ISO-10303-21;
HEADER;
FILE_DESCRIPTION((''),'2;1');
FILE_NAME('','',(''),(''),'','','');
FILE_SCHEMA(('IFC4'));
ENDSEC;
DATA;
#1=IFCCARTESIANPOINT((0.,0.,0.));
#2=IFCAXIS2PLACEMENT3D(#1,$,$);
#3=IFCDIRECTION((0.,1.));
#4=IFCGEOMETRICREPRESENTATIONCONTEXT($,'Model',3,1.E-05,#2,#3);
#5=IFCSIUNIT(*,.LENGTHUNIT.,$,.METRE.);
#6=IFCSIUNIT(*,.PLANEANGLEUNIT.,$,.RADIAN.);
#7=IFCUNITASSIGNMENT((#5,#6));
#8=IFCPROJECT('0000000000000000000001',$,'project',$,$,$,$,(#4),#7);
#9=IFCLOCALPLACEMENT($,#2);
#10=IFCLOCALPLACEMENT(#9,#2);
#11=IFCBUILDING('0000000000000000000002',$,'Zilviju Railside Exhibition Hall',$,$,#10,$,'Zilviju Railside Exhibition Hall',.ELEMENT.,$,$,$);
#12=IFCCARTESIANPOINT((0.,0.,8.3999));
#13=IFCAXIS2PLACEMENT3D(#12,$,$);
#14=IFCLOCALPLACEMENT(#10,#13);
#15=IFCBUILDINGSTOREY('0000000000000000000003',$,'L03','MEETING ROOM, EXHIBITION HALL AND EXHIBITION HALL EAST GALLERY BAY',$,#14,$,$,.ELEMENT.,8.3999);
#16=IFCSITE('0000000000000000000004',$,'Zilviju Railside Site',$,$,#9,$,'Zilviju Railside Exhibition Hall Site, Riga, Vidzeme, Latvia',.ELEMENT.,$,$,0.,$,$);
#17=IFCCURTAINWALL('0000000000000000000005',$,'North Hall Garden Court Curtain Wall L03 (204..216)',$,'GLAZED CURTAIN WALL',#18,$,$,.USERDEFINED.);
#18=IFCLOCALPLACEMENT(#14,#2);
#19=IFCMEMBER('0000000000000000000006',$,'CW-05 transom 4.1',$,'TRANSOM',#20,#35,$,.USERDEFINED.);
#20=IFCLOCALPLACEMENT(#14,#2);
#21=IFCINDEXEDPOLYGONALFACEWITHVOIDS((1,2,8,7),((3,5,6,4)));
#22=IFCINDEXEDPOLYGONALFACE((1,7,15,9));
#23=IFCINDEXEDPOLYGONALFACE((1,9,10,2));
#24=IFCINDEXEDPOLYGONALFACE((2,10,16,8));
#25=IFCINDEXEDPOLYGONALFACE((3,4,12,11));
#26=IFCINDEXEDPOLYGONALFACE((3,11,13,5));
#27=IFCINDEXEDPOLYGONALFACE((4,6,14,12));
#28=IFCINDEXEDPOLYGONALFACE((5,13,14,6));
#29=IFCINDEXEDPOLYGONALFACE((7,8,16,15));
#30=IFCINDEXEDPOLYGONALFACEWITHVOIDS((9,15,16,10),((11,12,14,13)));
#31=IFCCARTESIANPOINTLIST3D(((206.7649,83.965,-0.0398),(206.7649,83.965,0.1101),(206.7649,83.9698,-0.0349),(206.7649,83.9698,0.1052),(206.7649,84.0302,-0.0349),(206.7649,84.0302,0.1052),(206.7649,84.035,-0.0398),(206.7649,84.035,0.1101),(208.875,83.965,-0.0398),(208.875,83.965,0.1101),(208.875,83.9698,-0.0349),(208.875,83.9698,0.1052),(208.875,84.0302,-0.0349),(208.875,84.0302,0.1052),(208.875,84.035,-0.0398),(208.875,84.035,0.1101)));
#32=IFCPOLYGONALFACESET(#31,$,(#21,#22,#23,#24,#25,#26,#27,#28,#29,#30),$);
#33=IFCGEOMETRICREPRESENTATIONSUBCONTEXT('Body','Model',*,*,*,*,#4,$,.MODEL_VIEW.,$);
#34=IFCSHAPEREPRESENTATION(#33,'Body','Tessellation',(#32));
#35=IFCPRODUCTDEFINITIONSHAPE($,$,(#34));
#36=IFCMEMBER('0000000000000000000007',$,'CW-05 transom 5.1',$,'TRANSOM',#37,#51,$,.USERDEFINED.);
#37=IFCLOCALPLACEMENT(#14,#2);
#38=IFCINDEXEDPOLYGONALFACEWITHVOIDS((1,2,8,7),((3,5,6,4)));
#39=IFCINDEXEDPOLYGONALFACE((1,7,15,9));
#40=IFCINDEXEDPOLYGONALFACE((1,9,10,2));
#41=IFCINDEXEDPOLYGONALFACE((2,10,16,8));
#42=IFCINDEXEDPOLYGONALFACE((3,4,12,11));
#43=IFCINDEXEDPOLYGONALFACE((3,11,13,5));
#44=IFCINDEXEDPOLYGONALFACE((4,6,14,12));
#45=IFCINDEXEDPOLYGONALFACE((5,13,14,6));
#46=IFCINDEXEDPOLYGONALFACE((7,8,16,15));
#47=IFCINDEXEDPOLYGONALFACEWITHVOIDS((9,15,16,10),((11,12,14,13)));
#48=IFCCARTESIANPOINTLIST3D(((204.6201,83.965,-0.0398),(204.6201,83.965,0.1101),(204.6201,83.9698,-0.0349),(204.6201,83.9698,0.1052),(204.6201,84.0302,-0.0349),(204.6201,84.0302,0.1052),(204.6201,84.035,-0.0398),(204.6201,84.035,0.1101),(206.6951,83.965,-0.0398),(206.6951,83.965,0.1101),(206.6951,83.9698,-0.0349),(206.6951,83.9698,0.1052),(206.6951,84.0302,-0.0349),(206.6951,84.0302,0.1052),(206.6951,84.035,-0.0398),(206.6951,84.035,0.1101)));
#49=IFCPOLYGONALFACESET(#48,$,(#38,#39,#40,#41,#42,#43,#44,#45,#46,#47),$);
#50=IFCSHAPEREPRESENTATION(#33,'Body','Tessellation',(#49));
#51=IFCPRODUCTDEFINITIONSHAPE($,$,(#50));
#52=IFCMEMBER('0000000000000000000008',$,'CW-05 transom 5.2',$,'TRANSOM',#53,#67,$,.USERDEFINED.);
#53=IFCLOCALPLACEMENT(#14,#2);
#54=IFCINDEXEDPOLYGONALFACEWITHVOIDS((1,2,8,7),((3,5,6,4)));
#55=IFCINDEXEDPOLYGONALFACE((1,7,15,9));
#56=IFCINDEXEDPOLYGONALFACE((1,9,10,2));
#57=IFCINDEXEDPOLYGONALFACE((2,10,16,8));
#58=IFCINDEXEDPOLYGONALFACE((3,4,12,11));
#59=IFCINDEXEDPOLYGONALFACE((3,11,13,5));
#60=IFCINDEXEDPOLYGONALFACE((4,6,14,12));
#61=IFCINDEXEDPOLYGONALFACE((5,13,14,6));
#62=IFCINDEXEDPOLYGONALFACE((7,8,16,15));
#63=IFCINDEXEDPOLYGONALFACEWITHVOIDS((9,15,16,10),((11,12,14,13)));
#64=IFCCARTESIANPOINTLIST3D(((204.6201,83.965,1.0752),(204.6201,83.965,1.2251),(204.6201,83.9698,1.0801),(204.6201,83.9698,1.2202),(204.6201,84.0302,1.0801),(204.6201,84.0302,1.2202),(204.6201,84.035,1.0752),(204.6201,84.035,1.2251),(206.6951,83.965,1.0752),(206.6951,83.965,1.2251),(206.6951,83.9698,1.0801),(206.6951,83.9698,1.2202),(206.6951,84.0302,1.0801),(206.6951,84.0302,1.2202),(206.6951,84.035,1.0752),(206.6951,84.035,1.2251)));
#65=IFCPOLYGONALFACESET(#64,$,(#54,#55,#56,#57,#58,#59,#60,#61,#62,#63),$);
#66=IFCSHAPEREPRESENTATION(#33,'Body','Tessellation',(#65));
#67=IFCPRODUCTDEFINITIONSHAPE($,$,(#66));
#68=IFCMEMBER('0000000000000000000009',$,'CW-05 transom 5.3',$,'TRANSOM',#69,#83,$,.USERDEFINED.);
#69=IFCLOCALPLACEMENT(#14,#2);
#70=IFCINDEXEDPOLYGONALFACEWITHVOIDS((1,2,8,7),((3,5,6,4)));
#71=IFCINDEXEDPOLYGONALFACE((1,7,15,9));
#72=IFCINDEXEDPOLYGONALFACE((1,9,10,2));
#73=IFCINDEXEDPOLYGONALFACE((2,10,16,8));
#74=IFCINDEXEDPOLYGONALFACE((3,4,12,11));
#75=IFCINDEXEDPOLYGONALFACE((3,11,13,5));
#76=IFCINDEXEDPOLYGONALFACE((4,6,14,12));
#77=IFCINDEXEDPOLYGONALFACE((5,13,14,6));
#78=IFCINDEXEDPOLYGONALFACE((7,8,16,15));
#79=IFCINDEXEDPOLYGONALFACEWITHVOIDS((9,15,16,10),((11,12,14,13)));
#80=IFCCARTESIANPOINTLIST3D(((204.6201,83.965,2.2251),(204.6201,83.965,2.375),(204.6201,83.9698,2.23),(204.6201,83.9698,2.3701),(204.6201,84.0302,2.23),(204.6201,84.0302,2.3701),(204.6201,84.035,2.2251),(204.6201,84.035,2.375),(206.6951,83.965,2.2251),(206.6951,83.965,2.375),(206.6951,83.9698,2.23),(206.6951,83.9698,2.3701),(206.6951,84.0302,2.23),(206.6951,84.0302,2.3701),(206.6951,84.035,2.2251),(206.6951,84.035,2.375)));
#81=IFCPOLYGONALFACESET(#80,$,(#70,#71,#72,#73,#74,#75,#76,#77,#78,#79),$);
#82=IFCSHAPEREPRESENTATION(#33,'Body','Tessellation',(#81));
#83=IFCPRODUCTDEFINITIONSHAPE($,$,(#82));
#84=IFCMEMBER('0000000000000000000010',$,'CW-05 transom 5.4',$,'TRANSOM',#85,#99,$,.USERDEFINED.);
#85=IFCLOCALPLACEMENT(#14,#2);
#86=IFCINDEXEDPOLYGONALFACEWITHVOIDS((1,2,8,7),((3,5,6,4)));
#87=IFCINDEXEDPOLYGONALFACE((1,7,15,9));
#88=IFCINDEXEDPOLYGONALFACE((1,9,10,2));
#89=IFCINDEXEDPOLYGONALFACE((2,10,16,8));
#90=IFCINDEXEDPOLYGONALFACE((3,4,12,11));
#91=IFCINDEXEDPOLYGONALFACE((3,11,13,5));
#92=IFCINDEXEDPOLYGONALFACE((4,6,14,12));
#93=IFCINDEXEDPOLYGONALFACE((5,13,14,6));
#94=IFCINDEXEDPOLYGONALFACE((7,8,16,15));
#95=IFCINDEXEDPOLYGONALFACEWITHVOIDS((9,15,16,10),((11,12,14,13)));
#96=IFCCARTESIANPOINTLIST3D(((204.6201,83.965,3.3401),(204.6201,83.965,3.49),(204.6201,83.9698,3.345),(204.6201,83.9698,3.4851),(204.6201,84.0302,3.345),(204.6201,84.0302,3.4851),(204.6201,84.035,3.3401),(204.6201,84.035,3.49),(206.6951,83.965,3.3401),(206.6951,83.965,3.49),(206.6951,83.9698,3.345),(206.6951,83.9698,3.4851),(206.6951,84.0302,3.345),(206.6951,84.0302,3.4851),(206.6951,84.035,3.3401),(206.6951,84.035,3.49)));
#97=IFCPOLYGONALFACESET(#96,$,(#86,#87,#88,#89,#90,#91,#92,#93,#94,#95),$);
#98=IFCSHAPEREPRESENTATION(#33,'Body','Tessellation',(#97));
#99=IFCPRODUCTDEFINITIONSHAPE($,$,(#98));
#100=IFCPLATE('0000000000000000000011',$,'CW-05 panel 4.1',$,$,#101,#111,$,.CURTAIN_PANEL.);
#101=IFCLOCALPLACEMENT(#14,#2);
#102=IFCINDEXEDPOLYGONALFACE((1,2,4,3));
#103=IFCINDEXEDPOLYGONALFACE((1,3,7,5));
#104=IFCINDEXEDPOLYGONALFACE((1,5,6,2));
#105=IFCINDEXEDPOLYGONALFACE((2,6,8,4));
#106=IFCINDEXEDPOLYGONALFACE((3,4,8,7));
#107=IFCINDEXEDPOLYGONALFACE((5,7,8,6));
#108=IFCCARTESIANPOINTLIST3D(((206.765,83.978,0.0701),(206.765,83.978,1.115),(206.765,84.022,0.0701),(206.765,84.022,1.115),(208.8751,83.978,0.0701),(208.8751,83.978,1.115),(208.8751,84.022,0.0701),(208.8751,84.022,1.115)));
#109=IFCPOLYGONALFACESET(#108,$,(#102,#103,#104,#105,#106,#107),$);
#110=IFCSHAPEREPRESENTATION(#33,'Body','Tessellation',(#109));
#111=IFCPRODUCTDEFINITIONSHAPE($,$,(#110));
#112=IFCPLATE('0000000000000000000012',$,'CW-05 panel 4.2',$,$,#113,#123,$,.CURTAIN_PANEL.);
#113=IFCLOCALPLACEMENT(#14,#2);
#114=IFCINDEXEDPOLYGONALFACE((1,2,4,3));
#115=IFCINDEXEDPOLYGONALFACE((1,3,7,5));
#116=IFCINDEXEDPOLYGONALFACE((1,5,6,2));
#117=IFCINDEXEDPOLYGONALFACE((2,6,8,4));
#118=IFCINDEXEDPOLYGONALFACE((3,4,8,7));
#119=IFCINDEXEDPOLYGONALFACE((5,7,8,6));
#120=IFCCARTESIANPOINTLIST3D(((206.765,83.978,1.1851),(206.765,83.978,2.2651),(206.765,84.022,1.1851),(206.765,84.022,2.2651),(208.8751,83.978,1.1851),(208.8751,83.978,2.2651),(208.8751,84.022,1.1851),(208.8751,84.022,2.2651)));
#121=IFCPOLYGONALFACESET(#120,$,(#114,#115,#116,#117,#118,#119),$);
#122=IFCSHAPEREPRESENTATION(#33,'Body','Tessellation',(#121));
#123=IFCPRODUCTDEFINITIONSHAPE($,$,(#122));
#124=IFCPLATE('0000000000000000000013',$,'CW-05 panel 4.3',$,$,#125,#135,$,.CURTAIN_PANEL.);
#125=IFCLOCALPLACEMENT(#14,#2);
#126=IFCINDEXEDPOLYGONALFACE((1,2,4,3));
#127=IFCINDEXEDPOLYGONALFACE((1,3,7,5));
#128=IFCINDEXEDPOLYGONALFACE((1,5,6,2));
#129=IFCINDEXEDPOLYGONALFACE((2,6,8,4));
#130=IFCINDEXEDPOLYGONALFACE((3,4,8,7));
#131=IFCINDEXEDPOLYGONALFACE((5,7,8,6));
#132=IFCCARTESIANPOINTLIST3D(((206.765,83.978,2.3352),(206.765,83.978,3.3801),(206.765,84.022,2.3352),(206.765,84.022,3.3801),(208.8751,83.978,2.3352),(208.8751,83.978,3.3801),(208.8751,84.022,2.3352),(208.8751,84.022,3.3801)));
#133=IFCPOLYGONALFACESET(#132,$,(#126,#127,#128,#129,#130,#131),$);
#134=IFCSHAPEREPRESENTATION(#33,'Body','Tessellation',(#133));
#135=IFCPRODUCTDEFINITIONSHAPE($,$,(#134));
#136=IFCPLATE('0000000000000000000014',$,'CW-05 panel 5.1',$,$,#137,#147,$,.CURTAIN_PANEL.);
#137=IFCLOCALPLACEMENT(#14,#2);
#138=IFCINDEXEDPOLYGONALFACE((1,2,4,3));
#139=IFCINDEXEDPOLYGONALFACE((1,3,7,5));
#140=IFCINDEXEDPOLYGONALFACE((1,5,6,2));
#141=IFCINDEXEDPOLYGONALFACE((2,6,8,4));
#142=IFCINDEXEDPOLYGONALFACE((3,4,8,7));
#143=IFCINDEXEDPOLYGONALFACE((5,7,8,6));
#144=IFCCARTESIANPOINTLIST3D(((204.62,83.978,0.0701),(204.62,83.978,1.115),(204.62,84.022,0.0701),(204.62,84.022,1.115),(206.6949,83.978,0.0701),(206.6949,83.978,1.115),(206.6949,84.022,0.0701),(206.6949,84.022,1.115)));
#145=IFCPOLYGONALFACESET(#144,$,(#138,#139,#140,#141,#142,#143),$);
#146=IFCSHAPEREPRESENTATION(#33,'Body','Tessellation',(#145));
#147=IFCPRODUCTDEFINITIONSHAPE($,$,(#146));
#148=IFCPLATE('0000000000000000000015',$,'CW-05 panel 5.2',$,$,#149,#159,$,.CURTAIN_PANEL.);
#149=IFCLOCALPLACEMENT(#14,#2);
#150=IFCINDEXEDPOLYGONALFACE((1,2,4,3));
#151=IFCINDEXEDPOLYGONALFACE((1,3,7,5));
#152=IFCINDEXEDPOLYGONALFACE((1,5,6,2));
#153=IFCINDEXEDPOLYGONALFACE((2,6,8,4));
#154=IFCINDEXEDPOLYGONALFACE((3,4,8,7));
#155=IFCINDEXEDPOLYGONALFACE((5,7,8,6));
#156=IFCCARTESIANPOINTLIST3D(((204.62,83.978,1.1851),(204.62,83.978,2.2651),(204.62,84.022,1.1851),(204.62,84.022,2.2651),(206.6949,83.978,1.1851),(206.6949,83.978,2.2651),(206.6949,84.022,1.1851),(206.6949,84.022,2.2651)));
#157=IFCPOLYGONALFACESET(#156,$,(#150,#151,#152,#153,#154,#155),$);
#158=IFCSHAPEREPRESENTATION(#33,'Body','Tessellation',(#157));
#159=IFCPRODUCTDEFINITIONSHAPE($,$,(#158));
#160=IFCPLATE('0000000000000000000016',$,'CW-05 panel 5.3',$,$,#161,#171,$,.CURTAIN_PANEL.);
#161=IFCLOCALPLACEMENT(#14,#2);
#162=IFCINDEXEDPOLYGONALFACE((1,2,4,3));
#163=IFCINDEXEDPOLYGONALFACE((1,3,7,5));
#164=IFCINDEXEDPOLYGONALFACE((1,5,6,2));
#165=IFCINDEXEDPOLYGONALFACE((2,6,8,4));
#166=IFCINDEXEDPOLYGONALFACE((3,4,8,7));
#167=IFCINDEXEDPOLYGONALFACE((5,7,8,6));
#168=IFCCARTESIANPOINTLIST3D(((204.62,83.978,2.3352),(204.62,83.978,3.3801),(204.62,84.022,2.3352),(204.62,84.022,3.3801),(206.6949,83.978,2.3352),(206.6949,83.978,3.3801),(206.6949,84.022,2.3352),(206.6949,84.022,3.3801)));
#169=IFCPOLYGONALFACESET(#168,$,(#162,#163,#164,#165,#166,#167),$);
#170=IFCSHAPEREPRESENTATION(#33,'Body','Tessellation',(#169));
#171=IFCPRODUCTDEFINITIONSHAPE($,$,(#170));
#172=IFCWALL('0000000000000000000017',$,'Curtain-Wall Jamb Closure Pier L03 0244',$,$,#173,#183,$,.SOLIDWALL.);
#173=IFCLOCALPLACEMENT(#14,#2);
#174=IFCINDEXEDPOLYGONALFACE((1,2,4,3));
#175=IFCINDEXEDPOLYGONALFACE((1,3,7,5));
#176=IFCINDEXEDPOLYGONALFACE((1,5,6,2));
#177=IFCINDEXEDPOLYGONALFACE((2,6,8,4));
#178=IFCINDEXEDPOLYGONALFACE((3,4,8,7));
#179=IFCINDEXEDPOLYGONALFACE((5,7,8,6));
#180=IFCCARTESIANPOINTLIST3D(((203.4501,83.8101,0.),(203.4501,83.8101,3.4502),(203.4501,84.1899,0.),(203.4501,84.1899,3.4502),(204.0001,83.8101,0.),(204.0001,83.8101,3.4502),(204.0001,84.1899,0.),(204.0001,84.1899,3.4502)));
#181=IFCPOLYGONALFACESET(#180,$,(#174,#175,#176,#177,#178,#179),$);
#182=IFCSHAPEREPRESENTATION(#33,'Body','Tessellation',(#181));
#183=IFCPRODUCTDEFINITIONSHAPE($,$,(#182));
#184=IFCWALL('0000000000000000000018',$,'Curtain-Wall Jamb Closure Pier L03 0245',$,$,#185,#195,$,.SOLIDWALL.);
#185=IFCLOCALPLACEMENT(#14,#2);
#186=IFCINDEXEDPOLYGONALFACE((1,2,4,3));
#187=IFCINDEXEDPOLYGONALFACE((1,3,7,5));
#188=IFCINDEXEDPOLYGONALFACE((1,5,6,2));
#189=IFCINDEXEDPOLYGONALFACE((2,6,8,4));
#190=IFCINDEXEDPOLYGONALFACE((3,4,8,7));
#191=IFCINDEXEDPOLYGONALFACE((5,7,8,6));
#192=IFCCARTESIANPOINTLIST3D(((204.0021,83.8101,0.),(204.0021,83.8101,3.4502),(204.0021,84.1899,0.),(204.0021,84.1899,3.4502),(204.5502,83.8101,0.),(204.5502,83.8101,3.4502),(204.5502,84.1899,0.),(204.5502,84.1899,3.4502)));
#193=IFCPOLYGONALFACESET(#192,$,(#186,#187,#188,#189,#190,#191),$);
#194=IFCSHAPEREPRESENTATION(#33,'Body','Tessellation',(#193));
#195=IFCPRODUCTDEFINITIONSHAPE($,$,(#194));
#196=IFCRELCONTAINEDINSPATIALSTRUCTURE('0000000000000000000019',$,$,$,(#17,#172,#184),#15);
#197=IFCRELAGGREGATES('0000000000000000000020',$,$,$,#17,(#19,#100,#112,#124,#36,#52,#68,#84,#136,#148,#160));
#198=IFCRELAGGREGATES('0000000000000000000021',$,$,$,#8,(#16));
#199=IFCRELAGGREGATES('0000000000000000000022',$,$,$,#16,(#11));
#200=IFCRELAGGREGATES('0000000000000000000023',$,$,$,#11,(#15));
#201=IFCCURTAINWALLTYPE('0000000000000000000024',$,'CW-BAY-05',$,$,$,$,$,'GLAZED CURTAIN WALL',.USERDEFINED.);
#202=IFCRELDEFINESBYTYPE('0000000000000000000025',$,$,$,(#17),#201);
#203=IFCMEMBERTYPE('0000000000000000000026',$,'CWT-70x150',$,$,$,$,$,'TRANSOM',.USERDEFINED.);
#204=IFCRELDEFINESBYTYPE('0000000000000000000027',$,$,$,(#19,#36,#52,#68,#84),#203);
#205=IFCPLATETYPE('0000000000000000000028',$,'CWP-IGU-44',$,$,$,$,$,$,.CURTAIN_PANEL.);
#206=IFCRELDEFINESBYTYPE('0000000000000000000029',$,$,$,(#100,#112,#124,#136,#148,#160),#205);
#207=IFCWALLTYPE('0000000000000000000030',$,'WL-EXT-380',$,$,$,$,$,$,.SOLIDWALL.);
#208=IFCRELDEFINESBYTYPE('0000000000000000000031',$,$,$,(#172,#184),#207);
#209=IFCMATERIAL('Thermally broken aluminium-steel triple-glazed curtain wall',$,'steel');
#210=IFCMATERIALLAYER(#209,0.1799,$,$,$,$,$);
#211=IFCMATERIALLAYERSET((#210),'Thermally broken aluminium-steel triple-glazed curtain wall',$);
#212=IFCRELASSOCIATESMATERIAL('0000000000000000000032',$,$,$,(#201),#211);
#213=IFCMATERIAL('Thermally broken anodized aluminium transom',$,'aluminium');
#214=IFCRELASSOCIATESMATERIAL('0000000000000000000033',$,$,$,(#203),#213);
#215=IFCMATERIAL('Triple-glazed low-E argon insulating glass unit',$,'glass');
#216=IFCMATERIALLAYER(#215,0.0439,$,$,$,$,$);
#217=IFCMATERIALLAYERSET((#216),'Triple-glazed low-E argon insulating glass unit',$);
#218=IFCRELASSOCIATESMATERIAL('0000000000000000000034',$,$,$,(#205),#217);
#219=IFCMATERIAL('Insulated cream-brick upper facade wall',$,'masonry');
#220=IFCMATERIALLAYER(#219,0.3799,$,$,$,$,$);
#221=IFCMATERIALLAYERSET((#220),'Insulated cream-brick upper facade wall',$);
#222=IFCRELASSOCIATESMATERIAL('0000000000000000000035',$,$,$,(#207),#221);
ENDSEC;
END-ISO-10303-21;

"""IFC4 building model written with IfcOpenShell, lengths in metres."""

from ifc_helpers import new_model, si_unit, direction, frame, frame_2d, origin, origin_2d, place, context, subcontext, project, spatial, rectangle, hollow_rectangle, extrude, material, layer, layer_set, material_profile, profile_set, type_object, element, aggregate, save


model = new_model("IFC4")

# Units and contexts
model_context = context("Model", 3, precision=1e-05, world=origin(), true_north=direction((0.0, 1.0)))
body_context = subcontext(model_context, "Body", "Model", "MODEL_VIEW")
ifc_project = project(units=[si_unit("LENGTHUNIT", "METRE"), si_unit("PLANEANGLEUNIT", "RADIAN")], contexts=[model_context])

# Site, building, storey
site_placement = place(None, origin())
site = spatial("IfcSite", under=ifc_project, at=site_placement, Name="Zilviju Railside Site", LongName="Zilviju Railside Exhibition Hall Site, Riga, Vidzeme, Latvia", CompositionType="ELEMENT", RefElevation=0.0)
building_placement = place(site_placement, origin())
building = spatial("IfcBuilding", under=site, at=building_placement, Name="Zilviju Railside Exhibition Hall", LongName="Zilviju Railside Exhibition Hall", CompositionType="ELEMENT")
storey_placement = place(building_placement, frame((0.0, 0.0, 8.3999)))
storey = spatial("IfcBuildingStorey", under=building, at=storey_placement, Name="L03", Description="MEETING ROOM, EXHIBITION HALL AND EXHIBITION HALL EAST GALLERY BAY", CompositionType="ELEMENT", Elevation=8.3999)

# Shared definitions
ifc_material_1 = material(Name="Thermally broken aluminium-steel triple-glazed curtain wall", Category="steel")

# Curtain wall
ifc_layer_1 = layer(ifc_material_1, 0.1799)
ifc_layer_set_1 = layer_set([ifc_layer_1], Name="Thermally broken aluminium-steel triple-glazed curtain wall")
curtain_wall_type_1 = type_object("IfcCurtainWallType", Name="CW-BAY-05", ElementType="GLAZED CURTAIN WALL", PredefinedType="USERDEFINED", material=ifc_layer_set_1)
curtain_wall_1_placement = place(storey_placement, origin())
curtain_wall_1 = element("IfcCurtainWall", 1, at=curtain_wall_1_placement, inside=storey, type_object=curtain_wall_type_1, Name="North Hall Garden Court Curtain Wall L03 (204..216)", ObjectType="GLAZED CURTAIN WALL", PredefinedType="USERDEFINED")

# Members
ifc_material_2 = material(Name="Thermally broken anodized aluminium transom", Category="aluminium")
ifc_material_profile_1 = material_profile(ifc_material_2, hollow_rectangle(XDim=0.0701, YDim=0.1499, WallThickness=0.0049, at=origin_2d()), Name="TRANSOM 150x70x5")
ifc_profile_set_1 = profile_set([ifc_material_profile_1], Name="Thermally broken anodized aluminium transom")
member_type_1 = type_object("IfcMemberType", Name="CWT-70x150", ElementType="TRANSOM", PredefinedType="USERDEFINED", material=ifc_profile_set_1)
member_1_placement = place(storey_placement, frame((208.875, 84.0, 0.0352), z_axis=(-1.0, 0.0, 0.0), x_axis=(0.0, -1.0, 0.0)))
member_1 = element("IfcMember", 2, at=member_1_placement, type_object=member_type_1, Name="CW-05 transom 4.1", ObjectType="TRANSOM", PredefinedType="USERDEFINED", context=body_context, shape_type="SweptSolid", body=[
    extrude(hollow_rectangle(XDim=0.0701, YDim=0.1499, WallThickness=0.0049, at=origin_2d()), origin(), (0.0, 0.0, 1.0), 2.1101),
])
member_2_placement = place(storey_placement, frame((206.6951, 84.0, 0.0352), z_axis=(-1.0, 0.0, 0.0), x_axis=(0.0, -1.0, 0.0)))
member_2 = element("IfcMember", 3, at=member_2_placement, type_object=member_type_1, Name="CW-05 transom 5.1", ObjectType="TRANSOM", PredefinedType="USERDEFINED", context=body_context, shape_type="SweptSolid", body=[
    extrude(hollow_rectangle(XDim=0.0701, YDim=0.1499, WallThickness=0.0049, at=origin_2d()), origin(), (0.0, 0.0, 1.0), 2.075),
])
member_3_placement = place(storey_placement, frame((206.6951, 84.0, 1.1501), z_axis=(-1.0, 0.0, 0.0), x_axis=(0.0, -1.0, 0.0)))
member_3 = element("IfcMember", 4, at=member_3_placement, type_object=member_type_1, Name="CW-05 transom 5.2", ObjectType="TRANSOM", PredefinedType="USERDEFINED", context=body_context, shape_type="SweptSolid", body=[
    extrude(hollow_rectangle(XDim=0.0701, YDim=0.1499, WallThickness=0.0049, at=origin_2d()), origin(), (0.0, 0.0, 1.0), 2.075),
])
member_4_placement = place(storey_placement, frame((206.6951, 84.0, 2.3), z_axis=(-1.0, 0.0, 0.0), x_axis=(0.0, -1.0, 0.0)))
member_4 = element("IfcMember", 5, at=member_4_placement, type_object=member_type_1, Name="CW-05 transom 5.3", ObjectType="TRANSOM", PredefinedType="USERDEFINED", context=body_context, shape_type="SweptSolid", body=[
    extrude(hollow_rectangle(XDim=0.0701, YDim=0.1499, WallThickness=0.0049, at=origin_2d()), origin(), (0.0, 0.0, 1.0), 2.075),
])
member_5_placement = place(storey_placement, frame((206.6951, 84.0, 3.415), z_axis=(-1.0, 0.0, 0.0), x_axis=(0.0, -1.0, 0.0)))
member_5 = element("IfcMember", 6, at=member_5_placement, type_object=member_type_1, Name="CW-05 transom 5.4", ObjectType="TRANSOM", PredefinedType="USERDEFINED", context=body_context, shape_type="SweptSolid", body=[
    extrude(hollow_rectangle(XDim=0.0701, YDim=0.1499, WallThickness=0.0049, at=origin_2d()), origin(), (0.0, 0.0, 1.0), 2.075),
])

# Plates
ifc_material_3 = material(Name="Triple-glazed low-E argon insulating glass unit", Category="glass")
ifc_layer_2 = layer(ifc_material_3, 0.0439)
ifc_layer_set_2 = layer_set([ifc_layer_2], Name="Triple-glazed low-E argon insulating glass unit")
plate_type = type_object("IfcPlateType", Name="CWP-IGU-44", PredefinedType="CURTAIN_PANEL", material=ifc_layer_set_2)
plate_1_placement = place(storey_placement, frame((207.8201, 84.0, 0.0701), z_axis=(0.0, 0.0, 1.0), x_axis=(-1.0, 0.0, 0.0)))
plate_1 = element("IfcPlate", 7, at=plate_1_placement, type_object=plate_type, Name="CW-05 panel 4.1", PredefinedType="CURTAIN_PANEL", context=body_context, shape_type="SweptSolid", body=[
    extrude(rectangle(XDim=2.1101, YDim=0.0439, at=origin_2d()), origin(), (0.0, 0.0, 1.0), 1.0449),
])
plate_2_placement = place(storey_placement, frame((207.8201, 84.0, 1.1851), z_axis=(0.0, 0.0, 1.0), x_axis=(-1.0, 0.0, 0.0)))
plate_2 = element("IfcPlate", 8, at=plate_2_placement, type_object=plate_type, Name="CW-05 panel 4.2", PredefinedType="CURTAIN_PANEL", context=body_context, shape_type="SweptSolid", body=[
    extrude(rectangle(XDim=2.1101, YDim=0.0439, at=origin_2d()), origin(), (0.0, 0.0, 1.0), 1.0801),
])
plate_3_placement = place(storey_placement, frame((207.8201, 84.0, 2.3352), z_axis=(0.0, 0.0, 1.0), x_axis=(-1.0, 0.0, 0.0)))
plate_3 = element("IfcPlate", 9, at=plate_3_placement, type_object=plate_type, Name="CW-05 panel 4.3", PredefinedType="CURTAIN_PANEL", context=body_context, shape_type="SweptSolid", body=[
    extrude(rectangle(XDim=2.1101, YDim=0.0439, at=origin_2d()), origin(), (0.0, 0.0, 1.0), 1.0449),
])
plate_4_placement = place(storey_placement, frame((205.6575, 84.0, 0.0701), z_axis=(0.0, 0.0, 1.0), x_axis=(-1.0, 0.0, 0.0)))
plate_4 = element("IfcPlate", 10, at=plate_4_placement, type_object=plate_type, Name="CW-05 panel 5.1", PredefinedType="CURTAIN_PANEL", context=body_context, shape_type="SweptSolid", body=[
    extrude(rectangle(XDim=2.075, YDim=0.0439, at=origin_2d()), origin(), (0.0, 0.0, 1.0), 1.0449),
])
plate_5_placement = place(storey_placement, frame((205.6575, 84.0, 1.1851), z_axis=(0.0, 0.0, 1.0), x_axis=(-1.0, 0.0, 0.0)))
plate_5 = element("IfcPlate", 11, at=plate_5_placement, type_object=plate_type, Name="CW-05 panel 5.2", PredefinedType="CURTAIN_PANEL", context=body_context, shape_type="SweptSolid", body=[
    extrude(rectangle(XDim=2.075, YDim=0.0439, at=origin_2d()), origin(), (0.0, 0.0, 1.0), 1.0801),
])
plate_6_placement = place(storey_placement, frame((205.6575, 84.0, 2.3352), z_axis=(0.0, 0.0, 1.0), x_axis=(-1.0, 0.0, 0.0)))
plate_6 = element("IfcPlate", 12, at=plate_6_placement, type_object=plate_type, Name="CW-05 panel 5.3", PredefinedType="CURTAIN_PANEL", context=body_context, shape_type="SweptSolid", body=[
    extrude(rectangle(XDim=2.075, YDim=0.0439, at=origin_2d()), origin(), (0.0, 0.0, 1.0), 1.0449),
])
aggregate(curtain_wall_1, [member_1, plate_1, plate_2, plate_3, member_2, member_3, member_4, member_5, plate_4, plate_5, plate_6])

# Walls
ifc_material_4 = material(Name="Insulated cream-brick upper facade wall", Category="masonry")
ifc_layer_3 = layer(ifc_material_4, 0.3799)
ifc_layer_set_3 = layer_set([ifc_layer_3], Name="Insulated cream-brick upper facade wall")
wall_type = type_object("IfcWallType", Name="WL-EXT-380", PredefinedType="SOLIDWALL", material=ifc_layer_set_3)
wall_1_placement = place(storey_placement, frame((204.0, 84.0, 0.0), z_axis=(0.0, 0.0, 1.0), x_axis=(-1.0, 0.0, 0.0)))
element("IfcWall", 13, at=wall_1_placement, inside=storey, type_object=wall_type, Name="Curtain-Wall Jamb Closure Pier L03 0244", PredefinedType="SOLIDWALL", context=body_context, shape_type="SweptSolid", body=[
    extrude(rectangle(XDim=0.55, YDim=0.3799, at=frame_2d((0.2749, 0.0))), origin(), (0.0, 0.0, 1.0), 3.4502),
])
wall_2_placement = place(storey_placement, frame((204.55, 84.0, 0.0), z_axis=(0.0, 0.0, 1.0), x_axis=(-1.0, 0.0, 0.0)))
element("IfcWall", 14, at=wall_2_placement, inside=storey, type_object=wall_type, Name="Curtain-Wall Jamb Closure Pier L03 0245", PredefinedType="SOLIDWALL", context=body_context, shape_type="SweptSolid", body=[
    extrude(rectangle(XDim=0.5481, YDim=0.3799, at=frame_2d((0.2739, 0.0))), origin(), (0.0, 0.0, 1.0), 3.4502),
])

save(model, "model.ifc")
